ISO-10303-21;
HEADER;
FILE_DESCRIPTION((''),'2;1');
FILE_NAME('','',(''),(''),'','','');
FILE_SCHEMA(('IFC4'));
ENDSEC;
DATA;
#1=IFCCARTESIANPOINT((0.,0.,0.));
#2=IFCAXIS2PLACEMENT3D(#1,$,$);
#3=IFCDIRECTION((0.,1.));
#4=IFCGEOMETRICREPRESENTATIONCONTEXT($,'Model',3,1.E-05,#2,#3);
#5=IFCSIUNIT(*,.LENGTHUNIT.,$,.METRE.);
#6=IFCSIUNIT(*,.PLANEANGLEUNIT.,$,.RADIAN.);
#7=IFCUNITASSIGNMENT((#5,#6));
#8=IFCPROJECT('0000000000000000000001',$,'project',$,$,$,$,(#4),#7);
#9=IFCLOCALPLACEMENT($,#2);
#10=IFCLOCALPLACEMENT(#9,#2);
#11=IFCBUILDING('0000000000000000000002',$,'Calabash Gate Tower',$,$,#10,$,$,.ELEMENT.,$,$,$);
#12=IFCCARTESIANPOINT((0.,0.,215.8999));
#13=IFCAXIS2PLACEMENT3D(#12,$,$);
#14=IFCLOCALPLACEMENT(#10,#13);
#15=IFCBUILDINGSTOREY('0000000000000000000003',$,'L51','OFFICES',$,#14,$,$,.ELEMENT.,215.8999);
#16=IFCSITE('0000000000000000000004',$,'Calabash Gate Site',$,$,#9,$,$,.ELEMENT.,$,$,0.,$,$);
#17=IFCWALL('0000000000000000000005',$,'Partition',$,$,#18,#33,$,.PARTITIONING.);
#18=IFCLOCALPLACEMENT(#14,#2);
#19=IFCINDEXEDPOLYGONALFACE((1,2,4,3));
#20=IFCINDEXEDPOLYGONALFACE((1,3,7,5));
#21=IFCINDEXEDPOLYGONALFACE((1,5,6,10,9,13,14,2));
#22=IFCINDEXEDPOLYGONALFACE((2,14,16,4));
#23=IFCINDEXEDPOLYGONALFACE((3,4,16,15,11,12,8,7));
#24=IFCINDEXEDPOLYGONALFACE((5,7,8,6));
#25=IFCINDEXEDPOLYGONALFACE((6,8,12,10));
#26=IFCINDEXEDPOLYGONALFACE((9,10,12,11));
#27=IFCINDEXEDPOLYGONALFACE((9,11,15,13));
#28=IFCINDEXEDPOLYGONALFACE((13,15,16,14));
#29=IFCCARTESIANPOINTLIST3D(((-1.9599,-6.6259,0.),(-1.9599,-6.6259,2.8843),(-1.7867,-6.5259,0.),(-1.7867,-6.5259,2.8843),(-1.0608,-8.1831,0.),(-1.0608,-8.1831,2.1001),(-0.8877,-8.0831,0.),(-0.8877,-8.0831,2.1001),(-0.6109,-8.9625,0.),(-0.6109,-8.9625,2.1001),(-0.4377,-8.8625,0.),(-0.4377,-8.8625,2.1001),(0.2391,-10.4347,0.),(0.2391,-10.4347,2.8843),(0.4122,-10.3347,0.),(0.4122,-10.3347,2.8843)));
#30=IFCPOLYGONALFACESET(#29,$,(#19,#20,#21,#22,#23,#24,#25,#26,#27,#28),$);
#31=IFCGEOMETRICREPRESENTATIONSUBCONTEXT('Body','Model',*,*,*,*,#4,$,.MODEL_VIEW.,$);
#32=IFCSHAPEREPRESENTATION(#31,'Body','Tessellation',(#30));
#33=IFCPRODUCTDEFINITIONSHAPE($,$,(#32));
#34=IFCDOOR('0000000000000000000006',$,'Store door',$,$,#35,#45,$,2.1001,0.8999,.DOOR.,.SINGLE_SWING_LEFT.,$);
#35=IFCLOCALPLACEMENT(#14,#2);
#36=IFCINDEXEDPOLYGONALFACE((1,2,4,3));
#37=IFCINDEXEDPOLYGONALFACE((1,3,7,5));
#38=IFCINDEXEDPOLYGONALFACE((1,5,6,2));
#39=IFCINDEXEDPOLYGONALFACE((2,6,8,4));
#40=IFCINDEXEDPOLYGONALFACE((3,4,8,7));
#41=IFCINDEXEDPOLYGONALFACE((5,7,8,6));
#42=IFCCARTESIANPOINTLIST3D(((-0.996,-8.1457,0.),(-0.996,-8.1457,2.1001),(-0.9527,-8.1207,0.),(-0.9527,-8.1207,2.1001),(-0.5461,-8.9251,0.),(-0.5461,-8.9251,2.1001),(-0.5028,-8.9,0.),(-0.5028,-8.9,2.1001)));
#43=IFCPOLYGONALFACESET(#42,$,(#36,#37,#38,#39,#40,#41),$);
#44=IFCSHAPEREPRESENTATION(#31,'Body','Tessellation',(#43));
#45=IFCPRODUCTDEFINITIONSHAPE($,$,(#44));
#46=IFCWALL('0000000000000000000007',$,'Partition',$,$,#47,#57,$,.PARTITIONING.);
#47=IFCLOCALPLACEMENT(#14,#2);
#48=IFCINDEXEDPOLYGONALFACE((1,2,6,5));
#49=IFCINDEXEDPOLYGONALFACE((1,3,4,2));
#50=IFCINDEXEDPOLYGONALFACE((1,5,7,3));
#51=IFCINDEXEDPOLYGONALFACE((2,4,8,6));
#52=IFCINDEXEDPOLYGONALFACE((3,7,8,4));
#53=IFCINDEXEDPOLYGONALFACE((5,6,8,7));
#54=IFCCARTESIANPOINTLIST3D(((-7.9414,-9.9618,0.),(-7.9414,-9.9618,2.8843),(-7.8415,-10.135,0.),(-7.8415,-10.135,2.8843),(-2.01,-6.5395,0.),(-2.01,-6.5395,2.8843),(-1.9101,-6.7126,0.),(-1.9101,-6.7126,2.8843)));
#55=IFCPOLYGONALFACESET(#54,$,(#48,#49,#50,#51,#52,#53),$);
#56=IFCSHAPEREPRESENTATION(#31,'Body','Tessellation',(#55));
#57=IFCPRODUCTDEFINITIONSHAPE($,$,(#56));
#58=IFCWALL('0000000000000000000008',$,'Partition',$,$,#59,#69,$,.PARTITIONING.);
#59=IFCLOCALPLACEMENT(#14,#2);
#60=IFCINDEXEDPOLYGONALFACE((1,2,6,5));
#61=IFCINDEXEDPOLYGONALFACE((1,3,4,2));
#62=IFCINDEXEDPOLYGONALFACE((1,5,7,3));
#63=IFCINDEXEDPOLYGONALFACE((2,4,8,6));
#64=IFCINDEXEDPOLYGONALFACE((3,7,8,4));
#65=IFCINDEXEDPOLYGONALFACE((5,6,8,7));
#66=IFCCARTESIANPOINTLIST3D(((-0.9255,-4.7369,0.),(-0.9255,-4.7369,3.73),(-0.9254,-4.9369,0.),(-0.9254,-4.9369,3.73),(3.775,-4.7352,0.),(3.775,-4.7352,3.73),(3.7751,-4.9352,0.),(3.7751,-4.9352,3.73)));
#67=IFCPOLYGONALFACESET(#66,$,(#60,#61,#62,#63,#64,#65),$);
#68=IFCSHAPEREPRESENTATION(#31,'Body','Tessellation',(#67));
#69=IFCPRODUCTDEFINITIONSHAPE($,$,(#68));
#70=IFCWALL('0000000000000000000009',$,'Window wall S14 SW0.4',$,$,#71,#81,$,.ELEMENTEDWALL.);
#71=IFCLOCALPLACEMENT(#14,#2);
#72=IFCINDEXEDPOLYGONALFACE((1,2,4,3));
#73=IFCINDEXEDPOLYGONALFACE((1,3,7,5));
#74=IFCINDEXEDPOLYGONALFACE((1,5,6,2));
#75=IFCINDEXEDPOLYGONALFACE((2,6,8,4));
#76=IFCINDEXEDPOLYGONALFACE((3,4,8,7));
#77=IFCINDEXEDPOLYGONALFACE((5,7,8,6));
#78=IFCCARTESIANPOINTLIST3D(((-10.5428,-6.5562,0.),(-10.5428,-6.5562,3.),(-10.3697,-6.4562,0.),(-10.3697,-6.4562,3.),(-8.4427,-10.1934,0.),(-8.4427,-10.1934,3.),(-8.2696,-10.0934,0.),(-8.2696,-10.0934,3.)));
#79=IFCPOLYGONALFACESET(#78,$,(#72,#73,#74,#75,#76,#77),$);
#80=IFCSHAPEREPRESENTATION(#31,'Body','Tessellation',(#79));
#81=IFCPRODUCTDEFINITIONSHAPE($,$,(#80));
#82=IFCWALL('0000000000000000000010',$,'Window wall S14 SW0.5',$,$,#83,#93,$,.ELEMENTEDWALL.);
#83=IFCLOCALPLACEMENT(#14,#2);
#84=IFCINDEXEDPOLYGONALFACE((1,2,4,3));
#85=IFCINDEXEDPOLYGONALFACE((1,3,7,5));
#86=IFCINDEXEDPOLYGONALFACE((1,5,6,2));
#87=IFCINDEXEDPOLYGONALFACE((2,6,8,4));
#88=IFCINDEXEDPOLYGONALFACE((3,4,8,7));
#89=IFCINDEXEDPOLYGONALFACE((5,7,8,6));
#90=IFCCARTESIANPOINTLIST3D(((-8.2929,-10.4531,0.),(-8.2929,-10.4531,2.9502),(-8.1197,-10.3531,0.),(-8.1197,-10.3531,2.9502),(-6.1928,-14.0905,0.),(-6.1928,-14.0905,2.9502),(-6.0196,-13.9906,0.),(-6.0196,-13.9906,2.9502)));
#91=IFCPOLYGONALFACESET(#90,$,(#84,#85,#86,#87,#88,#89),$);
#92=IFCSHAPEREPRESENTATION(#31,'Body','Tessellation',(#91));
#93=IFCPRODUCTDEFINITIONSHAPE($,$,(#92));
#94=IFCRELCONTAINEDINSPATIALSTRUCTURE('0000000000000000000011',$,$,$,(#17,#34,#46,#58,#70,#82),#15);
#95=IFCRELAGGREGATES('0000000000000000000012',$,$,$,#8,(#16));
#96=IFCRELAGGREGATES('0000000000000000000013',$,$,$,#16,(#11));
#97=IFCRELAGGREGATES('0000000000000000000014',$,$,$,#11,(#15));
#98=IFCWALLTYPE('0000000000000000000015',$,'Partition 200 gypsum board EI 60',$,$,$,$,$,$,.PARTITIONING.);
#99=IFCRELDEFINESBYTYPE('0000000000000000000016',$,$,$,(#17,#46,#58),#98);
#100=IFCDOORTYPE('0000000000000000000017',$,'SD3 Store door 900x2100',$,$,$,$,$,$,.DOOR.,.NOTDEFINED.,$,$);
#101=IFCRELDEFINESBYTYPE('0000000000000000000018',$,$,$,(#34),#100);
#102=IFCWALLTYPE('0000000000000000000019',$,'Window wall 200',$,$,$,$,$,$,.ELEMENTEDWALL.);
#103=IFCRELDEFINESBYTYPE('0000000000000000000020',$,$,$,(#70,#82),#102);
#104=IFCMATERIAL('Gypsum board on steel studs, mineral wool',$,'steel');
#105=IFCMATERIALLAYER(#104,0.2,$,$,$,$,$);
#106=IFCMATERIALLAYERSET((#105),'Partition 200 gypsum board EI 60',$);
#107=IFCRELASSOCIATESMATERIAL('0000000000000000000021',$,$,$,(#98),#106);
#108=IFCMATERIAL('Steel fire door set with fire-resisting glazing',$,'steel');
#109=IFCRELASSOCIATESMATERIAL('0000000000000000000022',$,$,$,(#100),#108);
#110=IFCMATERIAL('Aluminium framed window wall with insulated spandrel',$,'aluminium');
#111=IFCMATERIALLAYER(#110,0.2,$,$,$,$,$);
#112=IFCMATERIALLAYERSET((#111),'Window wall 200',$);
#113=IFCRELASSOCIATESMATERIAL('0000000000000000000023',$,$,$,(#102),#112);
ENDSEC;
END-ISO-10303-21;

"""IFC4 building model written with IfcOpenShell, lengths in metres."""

from ifc_helpers import new_model, si_unit, direction, frame, frame_2d, origin, place, context, subcontext, project, spatial, rectangle, extrude, material, layer, layer_set, type_object, element, fill, save


model = new_model("IFC4")

# Units and contexts
model_context = context("Model", 3, precision=1e-05, world=origin(), true_north=direction((0.0, 1.0)))
body_context = subcontext(model_context, "Body", "Model", "MODEL_VIEW")
ifc_project = project(units=[si_unit("LENGTHUNIT", "METRE"), si_unit("PLANEANGLEUNIT", "RADIAN")], contexts=[model_context])

# Site, building, storey
site_placement = place(None, origin())
site = spatial("IfcSite", under=ifc_project, at=site_placement, Name="Calabash Gate Site", CompositionType="ELEMENT", RefElevation=0.0)
building_placement = place(site_placement, origin())
building = spatial("IfcBuilding", under=site, at=building_placement, Name="Calabash Gate Tower", CompositionType="ELEMENT")
storey_placement = place(building_placement, frame((0.0, 0.0, 215.8999)))
storey = spatial("IfcBuildingStorey", under=building, at=storey_placement, Name="L51", Description="OFFICES", CompositionType="ELEMENT", Elevation=215.8999)

# Wall, opening, door
ifc_material_1 = material(Name="Gypsum board on steel studs, mineral wool", Category="steel")
ifc_layer_1 = layer(ifc_material_1, 0.2)
ifc_layer_set_1 = layer_set([ifc_layer_1], Name="Partition 200 gypsum board EI 60")
wall_type_1 = type_object("IfcWallType", Name="Partition 200 gypsum board EI 60", PredefinedType="PARTITIONING", material=ifc_layer_set_1)
wall_1_placement = place(storey_placement, frame((-1.8733, -6.5759, 0.0), z_axis=(0.0, 0.0, 1.0), x_axis=(0.49999, -0.866031, 0.0)))
wall_1 = element("IfcWall", 1, at=wall_1_placement, inside=storey, type_object=wall_type_1, Name="Partition", PredefinedType="PARTITIONING", context=body_context, shape_type="SweptSolid", body=[
    extrude(rectangle(XDim=4.3979, YDim=0.2, at=frame_2d((2.199, 0.0))), origin(), (0.0, 0.0, 1.0), 2.8843),
])
opening_placement = place(wall_1_placement, frame((1.7981, 0.0, 0.0)))
opening = element("IfcOpeningElement", 2, at=opening_placement, cuts=wall_1, PredefinedType="OPENING", context=body_context, shape_type="SweptSolid", body=[
    extrude(rectangle(XDim=0.8999, YDim=2.1001, at=frame_2d((0.45, 1.05))), frame((0.0, 0.1099, 0.0), z_axis=(0.0, -1.0, 0.0), x_axis=(1.0, 0.0, 0.0)), (0.0, 0.0, 1.0), 0.22),
])
ifc_material_2 = material(Name="Steel fire door set with fire-resisting glazing", Category="steel")
door_type = type_object("IfcDoorType", Name="SD3 Store door 900x2100", OperationType="NOTDEFINED", PredefinedType="DOOR", material=ifc_material_2)
door_placement = place(opening_placement, origin())
door = element("IfcDoor", 3, at=door_placement, inside=storey, type_object=door_type, Name="Store door", OperationType="SINGLE_SWING_LEFT", OverallHeight=2.1001, OverallWidth=0.8999, PredefinedType="DOOR", context=body_context, shape_type="SweptSolid", body=[
    extrude(rectangle(XDim=0.8999, YDim=2.1001, at=frame_2d((0.45, 1.05))), frame((0.0, 0.0249, 0.0), z_axis=(0.0, -1.0, 0.0), x_axis=(1.0, 0.0, 0.0)), (0.0, 0.0, 1.0), 0.05),
])
fill(opening, door)

# Walls
wall_2_placement = place(storey_placement, frame((-7.8914, -10.0483, 0.0), z_axis=(0.0, 0.0, 1.0), x_axis=(0.86616, 0.499767, 0.0)))
element("IfcWall", 4, at=wall_2_placement, inside=storey, type_object=wall_type_1, Name="Partition", PredefinedType="PARTITIONING", context=body_context, shape_type="SweptSolid", body=[
    extrude(rectangle(XDim=6.8479, YDim=0.2, at=frame_2d((3.4238, 0.0))), origin(), (0.0, 0.0, 1.0), 2.8843),
])
wall_3_placement = place(storey_placement, frame((-0.9253, -4.8369, 0.0), z_axis=(0.0, 0.0, 1.0), x_axis=(1.0, 0.000364, 0.0)))
element("IfcWall", 5, at=wall_3_placement, inside=storey, type_object=wall_type_1, Name="Partition", PredefinedType="PARTITIONING", context=body_context, shape_type="SweptSolid", body=[
    extrude(rectangle(XDim=4.7004, YDim=0.2, at=frame_2d((2.3501, 0.0))), origin(), (0.0, 0.0, 1.0), 3.73),
])
ifc_material_3 = material(Name="Aluminium framed window wall with insulated spandrel", Category="aluminium")
ifc_layer_2 = layer(ifc_material_3, 0.2)
ifc_layer_set_2 = layer_set([ifc_layer_2], Name="Window wall 200")
wall_type_2 = type_object("IfcWallType", Name="Window wall 200", PredefinedType="ELEMENTEDWALL", material=ifc_layer_set_2)
wall_4_placement = place(storey_placement, frame((-10.4563, -6.5061, 0.0), z_axis=(0.0, 0.0, 1.0), x_axis=(0.500028, -0.866009, 0.0)))
element("IfcWall", 6, at=wall_4_placement, inside=storey, type_object=wall_type_2, Name="Window wall S14 SW0.4", PredefinedType="ELEMENTEDWALL", context=body_context, shape_type="SweptSolid", body=[
    extrude(rectangle(XDim=4.2, YDim=0.2, at=frame_2d((2.1001, 0.0))), origin(), (0.0, 0.0, 1.0), 3.0),
])
wall_5_placement = place(storey_placement, frame((-8.2063, -10.4031, 0.0), z_axis=(0.0, 0.0, 1.0), x_axis=(0.500003, -0.866024, 0.0)))
element("IfcWall", 7, at=wall_5_placement, inside=storey, type_object=wall_type_2, Name="Window wall S14 SW0.5", PredefinedType="ELEMENTEDWALL", context=body_context, shape_type="SweptSolid", body=[
    extrude(rectangle(XDim=4.2002, YDim=0.2, at=frame_2d((2.1001, 0.0))), origin(), (0.0, 0.0, 1.0), 2.9502),
])

save(model, "model.ifc")
